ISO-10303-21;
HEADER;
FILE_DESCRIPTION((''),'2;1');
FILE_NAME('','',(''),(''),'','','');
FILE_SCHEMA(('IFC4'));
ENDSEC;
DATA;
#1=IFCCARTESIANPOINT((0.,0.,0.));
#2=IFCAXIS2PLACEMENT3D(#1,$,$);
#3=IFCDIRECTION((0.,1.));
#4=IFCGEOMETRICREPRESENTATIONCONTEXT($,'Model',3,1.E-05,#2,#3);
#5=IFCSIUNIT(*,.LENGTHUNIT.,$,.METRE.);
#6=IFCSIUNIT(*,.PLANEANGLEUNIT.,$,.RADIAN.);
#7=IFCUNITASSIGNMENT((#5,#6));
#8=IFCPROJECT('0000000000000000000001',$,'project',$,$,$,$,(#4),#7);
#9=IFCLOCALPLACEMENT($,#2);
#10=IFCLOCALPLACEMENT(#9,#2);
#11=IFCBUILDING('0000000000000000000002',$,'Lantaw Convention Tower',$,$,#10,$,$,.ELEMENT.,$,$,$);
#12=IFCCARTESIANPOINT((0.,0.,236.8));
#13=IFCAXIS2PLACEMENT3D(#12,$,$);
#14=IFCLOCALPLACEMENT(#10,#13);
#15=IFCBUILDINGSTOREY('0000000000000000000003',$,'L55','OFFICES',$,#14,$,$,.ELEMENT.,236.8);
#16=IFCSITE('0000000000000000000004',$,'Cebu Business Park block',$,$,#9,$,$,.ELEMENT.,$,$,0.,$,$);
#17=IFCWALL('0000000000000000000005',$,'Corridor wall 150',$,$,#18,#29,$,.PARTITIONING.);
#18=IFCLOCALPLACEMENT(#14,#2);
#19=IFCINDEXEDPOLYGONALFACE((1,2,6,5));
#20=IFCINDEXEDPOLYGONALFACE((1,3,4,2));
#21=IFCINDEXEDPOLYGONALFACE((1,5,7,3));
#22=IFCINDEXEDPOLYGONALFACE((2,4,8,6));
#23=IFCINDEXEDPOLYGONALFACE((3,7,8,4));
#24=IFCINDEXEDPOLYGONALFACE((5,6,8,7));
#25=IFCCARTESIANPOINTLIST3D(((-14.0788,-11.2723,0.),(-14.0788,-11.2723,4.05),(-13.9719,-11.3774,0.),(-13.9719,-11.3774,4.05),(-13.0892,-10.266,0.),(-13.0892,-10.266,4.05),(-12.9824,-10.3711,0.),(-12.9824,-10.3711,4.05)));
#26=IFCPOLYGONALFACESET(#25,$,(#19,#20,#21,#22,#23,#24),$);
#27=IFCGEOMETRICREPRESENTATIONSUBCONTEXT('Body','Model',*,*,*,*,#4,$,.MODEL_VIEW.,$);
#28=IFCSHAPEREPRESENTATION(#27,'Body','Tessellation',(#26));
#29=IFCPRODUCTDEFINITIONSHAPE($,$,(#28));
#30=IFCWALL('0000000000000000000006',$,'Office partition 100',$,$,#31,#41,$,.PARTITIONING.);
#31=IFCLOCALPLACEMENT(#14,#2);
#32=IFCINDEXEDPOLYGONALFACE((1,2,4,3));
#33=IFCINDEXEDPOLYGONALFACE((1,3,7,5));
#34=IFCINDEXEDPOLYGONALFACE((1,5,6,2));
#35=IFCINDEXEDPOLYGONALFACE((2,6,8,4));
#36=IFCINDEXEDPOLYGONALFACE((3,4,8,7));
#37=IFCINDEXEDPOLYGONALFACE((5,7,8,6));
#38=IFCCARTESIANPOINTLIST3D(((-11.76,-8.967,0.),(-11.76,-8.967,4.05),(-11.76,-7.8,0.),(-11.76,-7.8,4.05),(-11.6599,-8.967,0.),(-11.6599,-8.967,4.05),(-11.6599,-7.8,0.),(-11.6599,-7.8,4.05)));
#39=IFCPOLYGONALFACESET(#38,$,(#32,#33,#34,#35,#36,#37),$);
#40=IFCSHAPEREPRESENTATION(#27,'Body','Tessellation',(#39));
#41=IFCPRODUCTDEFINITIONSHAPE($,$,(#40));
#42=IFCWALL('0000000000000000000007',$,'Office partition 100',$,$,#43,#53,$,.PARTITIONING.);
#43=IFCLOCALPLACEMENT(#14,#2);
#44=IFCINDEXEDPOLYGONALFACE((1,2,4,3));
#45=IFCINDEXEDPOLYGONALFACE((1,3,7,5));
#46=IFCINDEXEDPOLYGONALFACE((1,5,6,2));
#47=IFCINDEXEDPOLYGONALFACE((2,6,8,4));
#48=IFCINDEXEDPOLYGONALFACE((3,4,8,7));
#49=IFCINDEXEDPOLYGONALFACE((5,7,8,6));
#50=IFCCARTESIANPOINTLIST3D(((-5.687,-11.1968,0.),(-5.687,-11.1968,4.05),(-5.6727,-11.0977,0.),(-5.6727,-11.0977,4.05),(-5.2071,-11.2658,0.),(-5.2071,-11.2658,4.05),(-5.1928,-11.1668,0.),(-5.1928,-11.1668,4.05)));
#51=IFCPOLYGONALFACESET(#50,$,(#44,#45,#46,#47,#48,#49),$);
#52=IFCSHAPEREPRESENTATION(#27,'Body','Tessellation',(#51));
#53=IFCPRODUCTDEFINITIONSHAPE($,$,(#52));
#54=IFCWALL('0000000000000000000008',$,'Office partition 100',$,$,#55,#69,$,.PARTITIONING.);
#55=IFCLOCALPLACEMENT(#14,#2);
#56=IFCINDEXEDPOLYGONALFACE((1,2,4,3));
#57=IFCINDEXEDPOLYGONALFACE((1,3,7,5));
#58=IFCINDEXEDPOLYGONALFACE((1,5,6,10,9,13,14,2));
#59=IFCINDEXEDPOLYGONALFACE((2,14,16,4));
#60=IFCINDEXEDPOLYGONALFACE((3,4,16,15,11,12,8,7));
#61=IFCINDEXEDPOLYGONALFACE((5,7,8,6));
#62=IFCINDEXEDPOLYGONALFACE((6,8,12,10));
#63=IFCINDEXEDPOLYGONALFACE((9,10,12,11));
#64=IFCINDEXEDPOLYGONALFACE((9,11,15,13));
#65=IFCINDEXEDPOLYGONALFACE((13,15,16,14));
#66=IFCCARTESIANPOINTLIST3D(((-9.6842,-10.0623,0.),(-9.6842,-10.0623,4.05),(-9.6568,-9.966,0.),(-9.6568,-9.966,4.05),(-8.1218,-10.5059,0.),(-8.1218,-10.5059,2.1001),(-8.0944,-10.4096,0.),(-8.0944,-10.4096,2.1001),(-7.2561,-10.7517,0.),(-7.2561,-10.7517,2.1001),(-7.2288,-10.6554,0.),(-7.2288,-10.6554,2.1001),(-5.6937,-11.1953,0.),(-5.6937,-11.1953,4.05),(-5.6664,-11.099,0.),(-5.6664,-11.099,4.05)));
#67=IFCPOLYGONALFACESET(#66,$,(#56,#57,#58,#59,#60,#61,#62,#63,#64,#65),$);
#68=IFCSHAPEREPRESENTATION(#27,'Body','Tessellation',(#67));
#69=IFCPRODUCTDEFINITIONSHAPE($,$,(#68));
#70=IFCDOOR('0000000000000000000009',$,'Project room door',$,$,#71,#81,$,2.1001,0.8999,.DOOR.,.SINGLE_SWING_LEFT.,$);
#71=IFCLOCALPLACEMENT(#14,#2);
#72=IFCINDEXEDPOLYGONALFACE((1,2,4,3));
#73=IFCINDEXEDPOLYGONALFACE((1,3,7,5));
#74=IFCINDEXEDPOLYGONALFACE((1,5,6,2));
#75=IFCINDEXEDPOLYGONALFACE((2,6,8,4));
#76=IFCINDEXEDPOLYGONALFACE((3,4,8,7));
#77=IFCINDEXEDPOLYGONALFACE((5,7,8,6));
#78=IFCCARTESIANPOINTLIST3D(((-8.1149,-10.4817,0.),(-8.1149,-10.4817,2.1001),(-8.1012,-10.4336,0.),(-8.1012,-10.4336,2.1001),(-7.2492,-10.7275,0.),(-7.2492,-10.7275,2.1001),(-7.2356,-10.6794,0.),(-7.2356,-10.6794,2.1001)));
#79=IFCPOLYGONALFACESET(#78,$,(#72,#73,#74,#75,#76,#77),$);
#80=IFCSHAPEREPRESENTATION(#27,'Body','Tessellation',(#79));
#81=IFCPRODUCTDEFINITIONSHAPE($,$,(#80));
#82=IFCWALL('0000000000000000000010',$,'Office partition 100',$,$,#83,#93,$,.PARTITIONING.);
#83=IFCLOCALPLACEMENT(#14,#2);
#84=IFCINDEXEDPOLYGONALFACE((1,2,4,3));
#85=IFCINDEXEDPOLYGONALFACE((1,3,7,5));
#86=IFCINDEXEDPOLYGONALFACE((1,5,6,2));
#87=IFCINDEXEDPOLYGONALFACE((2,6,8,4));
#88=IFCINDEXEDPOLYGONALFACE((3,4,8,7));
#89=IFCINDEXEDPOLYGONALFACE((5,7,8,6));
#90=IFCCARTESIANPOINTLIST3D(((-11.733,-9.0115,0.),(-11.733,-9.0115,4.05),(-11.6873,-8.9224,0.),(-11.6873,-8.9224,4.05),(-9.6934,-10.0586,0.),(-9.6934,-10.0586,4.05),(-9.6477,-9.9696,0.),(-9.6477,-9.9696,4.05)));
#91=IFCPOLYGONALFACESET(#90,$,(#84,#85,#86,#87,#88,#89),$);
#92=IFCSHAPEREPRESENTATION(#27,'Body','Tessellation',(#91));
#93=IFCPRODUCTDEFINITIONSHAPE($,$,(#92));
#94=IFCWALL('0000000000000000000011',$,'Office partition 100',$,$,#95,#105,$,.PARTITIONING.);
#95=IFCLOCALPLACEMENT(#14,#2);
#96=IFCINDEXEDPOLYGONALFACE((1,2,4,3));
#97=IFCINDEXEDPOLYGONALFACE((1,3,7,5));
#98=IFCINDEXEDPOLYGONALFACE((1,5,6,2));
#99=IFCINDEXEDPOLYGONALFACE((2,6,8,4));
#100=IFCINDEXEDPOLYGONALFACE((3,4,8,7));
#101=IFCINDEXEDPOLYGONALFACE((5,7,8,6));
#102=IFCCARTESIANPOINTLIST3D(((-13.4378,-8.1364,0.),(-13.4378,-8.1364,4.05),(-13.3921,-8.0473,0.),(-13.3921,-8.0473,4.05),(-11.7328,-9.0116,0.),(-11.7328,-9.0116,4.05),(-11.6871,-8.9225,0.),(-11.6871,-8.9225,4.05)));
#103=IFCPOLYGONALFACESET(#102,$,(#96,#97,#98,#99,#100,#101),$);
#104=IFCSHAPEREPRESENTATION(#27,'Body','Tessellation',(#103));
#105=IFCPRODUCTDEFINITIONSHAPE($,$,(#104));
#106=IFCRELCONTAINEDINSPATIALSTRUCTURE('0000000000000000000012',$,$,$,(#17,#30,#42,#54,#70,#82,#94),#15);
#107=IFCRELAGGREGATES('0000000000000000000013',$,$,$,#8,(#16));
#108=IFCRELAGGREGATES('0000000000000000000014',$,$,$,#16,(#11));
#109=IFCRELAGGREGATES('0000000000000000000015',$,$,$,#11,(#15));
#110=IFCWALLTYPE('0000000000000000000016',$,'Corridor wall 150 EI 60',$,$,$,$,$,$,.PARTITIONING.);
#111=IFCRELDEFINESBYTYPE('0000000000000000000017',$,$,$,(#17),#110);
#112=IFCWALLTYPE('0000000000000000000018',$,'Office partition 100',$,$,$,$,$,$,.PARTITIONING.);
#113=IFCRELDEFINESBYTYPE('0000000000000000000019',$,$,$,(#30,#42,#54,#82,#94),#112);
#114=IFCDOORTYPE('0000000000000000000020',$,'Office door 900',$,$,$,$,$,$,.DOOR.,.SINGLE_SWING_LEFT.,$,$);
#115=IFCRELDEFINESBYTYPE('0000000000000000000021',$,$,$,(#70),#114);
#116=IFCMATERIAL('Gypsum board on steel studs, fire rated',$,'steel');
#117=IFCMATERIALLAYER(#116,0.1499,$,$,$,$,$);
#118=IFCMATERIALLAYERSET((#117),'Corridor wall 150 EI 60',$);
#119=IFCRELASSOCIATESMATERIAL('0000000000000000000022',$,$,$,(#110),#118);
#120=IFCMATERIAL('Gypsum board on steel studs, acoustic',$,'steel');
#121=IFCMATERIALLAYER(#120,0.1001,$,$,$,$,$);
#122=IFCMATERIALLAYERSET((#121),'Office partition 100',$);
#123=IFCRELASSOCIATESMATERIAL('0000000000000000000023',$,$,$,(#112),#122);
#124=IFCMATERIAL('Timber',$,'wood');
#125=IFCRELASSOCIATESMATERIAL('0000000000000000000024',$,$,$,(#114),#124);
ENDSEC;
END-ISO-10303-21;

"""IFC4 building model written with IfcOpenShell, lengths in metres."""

from ifc_helpers import new_model, si_unit, direction, frame, frame_2d, origin, place, context, subcontext, project, spatial, rectangle, extrude, material, layer, layer_set, type_object, element, fill, save


model = new_model("IFC4")

# Units and contexts
model_context = context("Model", 3, precision=1e-05, world=origin(), true_north=direction((0.0, 1.0)))
body_context = subcontext(model_context, "Body", "Model", "MODEL_VIEW")
ifc_project = project(units=[si_unit("LENGTHUNIT", "METRE"), si_unit("PLANEANGLEUNIT", "RADIAN")], contexts=[model_context])

# Site, building, storey
site_placement = place(None, origin())
site = spatial("IfcSite", under=ifc_project, at=site_placement, Name="Cebu Business Park block", CompositionType="ELEMENT", RefElevation=0.0)
building_placement = place(site_placement, origin())
building = spatial("IfcBuilding", under=site, at=building_placement, Name="Lantaw Convention Tower", CompositionType="ELEMENT")
storey_placement = place(building_placement, frame((0.0, 0.0, 236.8)))
storey = spatial("IfcBuildingStorey", under=building, at=storey_placement, Name="L55", Description="OFFICES", CompositionType="ELEMENT", Elevation=236.8)

# Shared definitions
ifc_material_1 = material(Name="Gypsum board on steel studs, fire rated", Category="steel")
ifc_layer_1 = layer(ifc_material_1, 0.1499)
ifc_layer_set_1 = layer_set([ifc_layer_1], Name="Corridor wall 150 EI 60")
wall_type_1 = type_object("IfcWallType", Name="Corridor wall 150 EI 60", PredefinedType="PARTITIONING", material=ifc_layer_set_1)

# Walls
wall_1_placement = place(storey_placement, frame((-13.0359, -10.3186, 0.0), z_axis=(0.0, 0.0, 1.0), x_axis=(-0.701114, -0.71305, 0.0)))
element("IfcWall", 1, at=wall_1_placement, inside=storey, type_object=wall_type_1, Name="Corridor wall 150", PredefinedType="PARTITIONING", context=body_context, shape_type="SweptSolid", body=[
    extrude(rectangle(XDim=1.4114, YDim=0.1499, at=frame_2d((0.7056, 0.0))), origin(), (0.0, 0.0, 1.0), 4.05),
])
ifc_material_2 = material(Name="Gypsum board on steel studs, acoustic", Category="steel")
ifc_layer_2 = layer(ifc_material_2, 0.1001)
ifc_layer_set_2 = layer_set([ifc_layer_2], Name="Office partition 100")
wall_type_2 = type_object("IfcWallType", Name="Office partition 100", PredefinedType="PARTITIONING", material=ifc_layer_set_2)
wall_2_placement = place(storey_placement, frame((-11.71, -7.8, 0.0), z_axis=(0.0, 0.0, 1.0), x_axis=(0.0, -1.0, 0.0)))
element("IfcWall", 2, at=wall_2_placement, inside=storey, type_object=wall_type_2, Name="Office partition 100", PredefinedType="PARTITIONING", context=body_context, shape_type="SweptSolid", body=[
    extrude(rectangle(XDim=1.167, YDim=0.1001, at=frame_2d((0.5835, 0.0))), origin(), (0.0, 0.0, 1.0), 4.05),
])
wall_3_placement = place(storey_placement, frame((-5.2, -11.2163, 0.0), z_axis=(0.0, 0.0, 1.0), x_axis=(-0.989798, 0.142479, 0.0)))
element("IfcWall", 3, at=wall_3_placement, inside=storey, type_object=wall_type_2, Name="Office partition 100", PredefinedType="PARTITIONING", context=body_context, shape_type="SweptSolid", body=[
    extrude(rectangle(XDim=0.4849, YDim=0.1001, at=frame_2d((0.2424, 0.0))), origin(), (0.0, 0.0, 1.0), 4.05),
])

# Wall, opening, door
wall_4_placement = place(storey_placement, frame((-5.6799, -11.1472, 0.0), z_axis=(0.0, 0.0, 1.0), x_axis=(-0.961973, 0.273143, 0.0)))
wall_4 = element("IfcWall", 4, at=wall_4_placement, inside=storey, type_object=wall_type_2, Name="Office partition 100", PredefinedType="PARTITIONING", context=body_context, shape_type="SweptSolid", body=[
    extrude(rectangle(XDim=4.1482, YDim=0.1001, at=frame_2d((2.0742, 0.0))), origin(), (0.0, 0.0, 1.0), 4.05),
])
opening_1_placement = place(wall_4_placement, frame((1.6243, 0.0, 0.0)))
opening_1 = element("IfcOpeningElement", 5, at=opening_1_placement, cuts=wall_4, PredefinedType="OPENING", context=body_context, shape_type="SweptSolid", body=[
    extrude(rectangle(XDim=0.8999, YDim=2.1001, at=frame_2d((0.45, 1.05))), frame((0.0, 0.0601, 0.0), z_axis=(0.0, -1.0, 0.0), x_axis=(1.0, 0.0, 0.0)), (0.0, 0.0, 1.0), 0.1201),
])
ifc_material_3 = material(Name="Timber", Category="wood")
door_type_1 = type_object("IfcDoorType", Name="Office door 900", OperationType="SINGLE_SWING_LEFT", PredefinedType="DOOR", material=ifc_material_3)
door_1_placement = place(opening_1_placement, origin())
door_1 = element("IfcDoor", 6, at=door_1_placement, inside=storey, type_object=door_type_1, Name="Project room door", OperationType="SINGLE_SWING_LEFT", OverallHeight=2.1001, OverallWidth=0.8999, PredefinedType="DOOR", context=body_context, shape_type="SweptSolid", body=[
    extrude(rectangle(XDim=0.8999, YDim=2.1001, at=frame_2d((0.45, 1.05))), frame((0.0, 0.0249, 0.0), z_axis=(0.0, -1.0, 0.0), x_axis=(1.0, 0.0, 0.0)), (0.0, 0.0, 1.0), 0.05),
])
fill(opening_1, door_1)

# Walls
wall_5_placement = place(storey_placement, frame((-9.6704, -10.0142, 0.0), z_axis=(0.0, 0.0, 1.0), x_axis=(-0.889606, 0.45673, 0.0)))
element("IfcWall", 7, at=wall_5_placement, inside=storey, type_object=wall_type_2, Name="Office partition 100", PredefinedType="PARTITIONING", context=body_context, shape_type="SweptSolid", body=[
    extrude(rectangle(XDim=2.2927, YDim=0.1001, at=frame_2d((1.1465, 0.0))), origin(), (0.0, 0.0, 1.0), 4.05),
])
wall_6_placement = place(storey_placement, frame((-11.71, -8.967, 0.0), z_axis=(0.0, 0.0, 1.0), x_axis=(-0.889638, 0.456666, 0.0)))
element("IfcWall", 8, at=wall_6_placement, inside=storey, type_object=wall_type_2, Name="Office partition 100", PredefinedType="PARTITIONING", context=body_context, shape_type="SweptSolid", body=[
    extrude(rectangle(XDim=1.9165, YDim=0.1001, at=frame_2d((0.9583, 0.0))), origin(), (0.0, 0.0, 1.0), 4.05),
])

save(model, "model.ifc")
